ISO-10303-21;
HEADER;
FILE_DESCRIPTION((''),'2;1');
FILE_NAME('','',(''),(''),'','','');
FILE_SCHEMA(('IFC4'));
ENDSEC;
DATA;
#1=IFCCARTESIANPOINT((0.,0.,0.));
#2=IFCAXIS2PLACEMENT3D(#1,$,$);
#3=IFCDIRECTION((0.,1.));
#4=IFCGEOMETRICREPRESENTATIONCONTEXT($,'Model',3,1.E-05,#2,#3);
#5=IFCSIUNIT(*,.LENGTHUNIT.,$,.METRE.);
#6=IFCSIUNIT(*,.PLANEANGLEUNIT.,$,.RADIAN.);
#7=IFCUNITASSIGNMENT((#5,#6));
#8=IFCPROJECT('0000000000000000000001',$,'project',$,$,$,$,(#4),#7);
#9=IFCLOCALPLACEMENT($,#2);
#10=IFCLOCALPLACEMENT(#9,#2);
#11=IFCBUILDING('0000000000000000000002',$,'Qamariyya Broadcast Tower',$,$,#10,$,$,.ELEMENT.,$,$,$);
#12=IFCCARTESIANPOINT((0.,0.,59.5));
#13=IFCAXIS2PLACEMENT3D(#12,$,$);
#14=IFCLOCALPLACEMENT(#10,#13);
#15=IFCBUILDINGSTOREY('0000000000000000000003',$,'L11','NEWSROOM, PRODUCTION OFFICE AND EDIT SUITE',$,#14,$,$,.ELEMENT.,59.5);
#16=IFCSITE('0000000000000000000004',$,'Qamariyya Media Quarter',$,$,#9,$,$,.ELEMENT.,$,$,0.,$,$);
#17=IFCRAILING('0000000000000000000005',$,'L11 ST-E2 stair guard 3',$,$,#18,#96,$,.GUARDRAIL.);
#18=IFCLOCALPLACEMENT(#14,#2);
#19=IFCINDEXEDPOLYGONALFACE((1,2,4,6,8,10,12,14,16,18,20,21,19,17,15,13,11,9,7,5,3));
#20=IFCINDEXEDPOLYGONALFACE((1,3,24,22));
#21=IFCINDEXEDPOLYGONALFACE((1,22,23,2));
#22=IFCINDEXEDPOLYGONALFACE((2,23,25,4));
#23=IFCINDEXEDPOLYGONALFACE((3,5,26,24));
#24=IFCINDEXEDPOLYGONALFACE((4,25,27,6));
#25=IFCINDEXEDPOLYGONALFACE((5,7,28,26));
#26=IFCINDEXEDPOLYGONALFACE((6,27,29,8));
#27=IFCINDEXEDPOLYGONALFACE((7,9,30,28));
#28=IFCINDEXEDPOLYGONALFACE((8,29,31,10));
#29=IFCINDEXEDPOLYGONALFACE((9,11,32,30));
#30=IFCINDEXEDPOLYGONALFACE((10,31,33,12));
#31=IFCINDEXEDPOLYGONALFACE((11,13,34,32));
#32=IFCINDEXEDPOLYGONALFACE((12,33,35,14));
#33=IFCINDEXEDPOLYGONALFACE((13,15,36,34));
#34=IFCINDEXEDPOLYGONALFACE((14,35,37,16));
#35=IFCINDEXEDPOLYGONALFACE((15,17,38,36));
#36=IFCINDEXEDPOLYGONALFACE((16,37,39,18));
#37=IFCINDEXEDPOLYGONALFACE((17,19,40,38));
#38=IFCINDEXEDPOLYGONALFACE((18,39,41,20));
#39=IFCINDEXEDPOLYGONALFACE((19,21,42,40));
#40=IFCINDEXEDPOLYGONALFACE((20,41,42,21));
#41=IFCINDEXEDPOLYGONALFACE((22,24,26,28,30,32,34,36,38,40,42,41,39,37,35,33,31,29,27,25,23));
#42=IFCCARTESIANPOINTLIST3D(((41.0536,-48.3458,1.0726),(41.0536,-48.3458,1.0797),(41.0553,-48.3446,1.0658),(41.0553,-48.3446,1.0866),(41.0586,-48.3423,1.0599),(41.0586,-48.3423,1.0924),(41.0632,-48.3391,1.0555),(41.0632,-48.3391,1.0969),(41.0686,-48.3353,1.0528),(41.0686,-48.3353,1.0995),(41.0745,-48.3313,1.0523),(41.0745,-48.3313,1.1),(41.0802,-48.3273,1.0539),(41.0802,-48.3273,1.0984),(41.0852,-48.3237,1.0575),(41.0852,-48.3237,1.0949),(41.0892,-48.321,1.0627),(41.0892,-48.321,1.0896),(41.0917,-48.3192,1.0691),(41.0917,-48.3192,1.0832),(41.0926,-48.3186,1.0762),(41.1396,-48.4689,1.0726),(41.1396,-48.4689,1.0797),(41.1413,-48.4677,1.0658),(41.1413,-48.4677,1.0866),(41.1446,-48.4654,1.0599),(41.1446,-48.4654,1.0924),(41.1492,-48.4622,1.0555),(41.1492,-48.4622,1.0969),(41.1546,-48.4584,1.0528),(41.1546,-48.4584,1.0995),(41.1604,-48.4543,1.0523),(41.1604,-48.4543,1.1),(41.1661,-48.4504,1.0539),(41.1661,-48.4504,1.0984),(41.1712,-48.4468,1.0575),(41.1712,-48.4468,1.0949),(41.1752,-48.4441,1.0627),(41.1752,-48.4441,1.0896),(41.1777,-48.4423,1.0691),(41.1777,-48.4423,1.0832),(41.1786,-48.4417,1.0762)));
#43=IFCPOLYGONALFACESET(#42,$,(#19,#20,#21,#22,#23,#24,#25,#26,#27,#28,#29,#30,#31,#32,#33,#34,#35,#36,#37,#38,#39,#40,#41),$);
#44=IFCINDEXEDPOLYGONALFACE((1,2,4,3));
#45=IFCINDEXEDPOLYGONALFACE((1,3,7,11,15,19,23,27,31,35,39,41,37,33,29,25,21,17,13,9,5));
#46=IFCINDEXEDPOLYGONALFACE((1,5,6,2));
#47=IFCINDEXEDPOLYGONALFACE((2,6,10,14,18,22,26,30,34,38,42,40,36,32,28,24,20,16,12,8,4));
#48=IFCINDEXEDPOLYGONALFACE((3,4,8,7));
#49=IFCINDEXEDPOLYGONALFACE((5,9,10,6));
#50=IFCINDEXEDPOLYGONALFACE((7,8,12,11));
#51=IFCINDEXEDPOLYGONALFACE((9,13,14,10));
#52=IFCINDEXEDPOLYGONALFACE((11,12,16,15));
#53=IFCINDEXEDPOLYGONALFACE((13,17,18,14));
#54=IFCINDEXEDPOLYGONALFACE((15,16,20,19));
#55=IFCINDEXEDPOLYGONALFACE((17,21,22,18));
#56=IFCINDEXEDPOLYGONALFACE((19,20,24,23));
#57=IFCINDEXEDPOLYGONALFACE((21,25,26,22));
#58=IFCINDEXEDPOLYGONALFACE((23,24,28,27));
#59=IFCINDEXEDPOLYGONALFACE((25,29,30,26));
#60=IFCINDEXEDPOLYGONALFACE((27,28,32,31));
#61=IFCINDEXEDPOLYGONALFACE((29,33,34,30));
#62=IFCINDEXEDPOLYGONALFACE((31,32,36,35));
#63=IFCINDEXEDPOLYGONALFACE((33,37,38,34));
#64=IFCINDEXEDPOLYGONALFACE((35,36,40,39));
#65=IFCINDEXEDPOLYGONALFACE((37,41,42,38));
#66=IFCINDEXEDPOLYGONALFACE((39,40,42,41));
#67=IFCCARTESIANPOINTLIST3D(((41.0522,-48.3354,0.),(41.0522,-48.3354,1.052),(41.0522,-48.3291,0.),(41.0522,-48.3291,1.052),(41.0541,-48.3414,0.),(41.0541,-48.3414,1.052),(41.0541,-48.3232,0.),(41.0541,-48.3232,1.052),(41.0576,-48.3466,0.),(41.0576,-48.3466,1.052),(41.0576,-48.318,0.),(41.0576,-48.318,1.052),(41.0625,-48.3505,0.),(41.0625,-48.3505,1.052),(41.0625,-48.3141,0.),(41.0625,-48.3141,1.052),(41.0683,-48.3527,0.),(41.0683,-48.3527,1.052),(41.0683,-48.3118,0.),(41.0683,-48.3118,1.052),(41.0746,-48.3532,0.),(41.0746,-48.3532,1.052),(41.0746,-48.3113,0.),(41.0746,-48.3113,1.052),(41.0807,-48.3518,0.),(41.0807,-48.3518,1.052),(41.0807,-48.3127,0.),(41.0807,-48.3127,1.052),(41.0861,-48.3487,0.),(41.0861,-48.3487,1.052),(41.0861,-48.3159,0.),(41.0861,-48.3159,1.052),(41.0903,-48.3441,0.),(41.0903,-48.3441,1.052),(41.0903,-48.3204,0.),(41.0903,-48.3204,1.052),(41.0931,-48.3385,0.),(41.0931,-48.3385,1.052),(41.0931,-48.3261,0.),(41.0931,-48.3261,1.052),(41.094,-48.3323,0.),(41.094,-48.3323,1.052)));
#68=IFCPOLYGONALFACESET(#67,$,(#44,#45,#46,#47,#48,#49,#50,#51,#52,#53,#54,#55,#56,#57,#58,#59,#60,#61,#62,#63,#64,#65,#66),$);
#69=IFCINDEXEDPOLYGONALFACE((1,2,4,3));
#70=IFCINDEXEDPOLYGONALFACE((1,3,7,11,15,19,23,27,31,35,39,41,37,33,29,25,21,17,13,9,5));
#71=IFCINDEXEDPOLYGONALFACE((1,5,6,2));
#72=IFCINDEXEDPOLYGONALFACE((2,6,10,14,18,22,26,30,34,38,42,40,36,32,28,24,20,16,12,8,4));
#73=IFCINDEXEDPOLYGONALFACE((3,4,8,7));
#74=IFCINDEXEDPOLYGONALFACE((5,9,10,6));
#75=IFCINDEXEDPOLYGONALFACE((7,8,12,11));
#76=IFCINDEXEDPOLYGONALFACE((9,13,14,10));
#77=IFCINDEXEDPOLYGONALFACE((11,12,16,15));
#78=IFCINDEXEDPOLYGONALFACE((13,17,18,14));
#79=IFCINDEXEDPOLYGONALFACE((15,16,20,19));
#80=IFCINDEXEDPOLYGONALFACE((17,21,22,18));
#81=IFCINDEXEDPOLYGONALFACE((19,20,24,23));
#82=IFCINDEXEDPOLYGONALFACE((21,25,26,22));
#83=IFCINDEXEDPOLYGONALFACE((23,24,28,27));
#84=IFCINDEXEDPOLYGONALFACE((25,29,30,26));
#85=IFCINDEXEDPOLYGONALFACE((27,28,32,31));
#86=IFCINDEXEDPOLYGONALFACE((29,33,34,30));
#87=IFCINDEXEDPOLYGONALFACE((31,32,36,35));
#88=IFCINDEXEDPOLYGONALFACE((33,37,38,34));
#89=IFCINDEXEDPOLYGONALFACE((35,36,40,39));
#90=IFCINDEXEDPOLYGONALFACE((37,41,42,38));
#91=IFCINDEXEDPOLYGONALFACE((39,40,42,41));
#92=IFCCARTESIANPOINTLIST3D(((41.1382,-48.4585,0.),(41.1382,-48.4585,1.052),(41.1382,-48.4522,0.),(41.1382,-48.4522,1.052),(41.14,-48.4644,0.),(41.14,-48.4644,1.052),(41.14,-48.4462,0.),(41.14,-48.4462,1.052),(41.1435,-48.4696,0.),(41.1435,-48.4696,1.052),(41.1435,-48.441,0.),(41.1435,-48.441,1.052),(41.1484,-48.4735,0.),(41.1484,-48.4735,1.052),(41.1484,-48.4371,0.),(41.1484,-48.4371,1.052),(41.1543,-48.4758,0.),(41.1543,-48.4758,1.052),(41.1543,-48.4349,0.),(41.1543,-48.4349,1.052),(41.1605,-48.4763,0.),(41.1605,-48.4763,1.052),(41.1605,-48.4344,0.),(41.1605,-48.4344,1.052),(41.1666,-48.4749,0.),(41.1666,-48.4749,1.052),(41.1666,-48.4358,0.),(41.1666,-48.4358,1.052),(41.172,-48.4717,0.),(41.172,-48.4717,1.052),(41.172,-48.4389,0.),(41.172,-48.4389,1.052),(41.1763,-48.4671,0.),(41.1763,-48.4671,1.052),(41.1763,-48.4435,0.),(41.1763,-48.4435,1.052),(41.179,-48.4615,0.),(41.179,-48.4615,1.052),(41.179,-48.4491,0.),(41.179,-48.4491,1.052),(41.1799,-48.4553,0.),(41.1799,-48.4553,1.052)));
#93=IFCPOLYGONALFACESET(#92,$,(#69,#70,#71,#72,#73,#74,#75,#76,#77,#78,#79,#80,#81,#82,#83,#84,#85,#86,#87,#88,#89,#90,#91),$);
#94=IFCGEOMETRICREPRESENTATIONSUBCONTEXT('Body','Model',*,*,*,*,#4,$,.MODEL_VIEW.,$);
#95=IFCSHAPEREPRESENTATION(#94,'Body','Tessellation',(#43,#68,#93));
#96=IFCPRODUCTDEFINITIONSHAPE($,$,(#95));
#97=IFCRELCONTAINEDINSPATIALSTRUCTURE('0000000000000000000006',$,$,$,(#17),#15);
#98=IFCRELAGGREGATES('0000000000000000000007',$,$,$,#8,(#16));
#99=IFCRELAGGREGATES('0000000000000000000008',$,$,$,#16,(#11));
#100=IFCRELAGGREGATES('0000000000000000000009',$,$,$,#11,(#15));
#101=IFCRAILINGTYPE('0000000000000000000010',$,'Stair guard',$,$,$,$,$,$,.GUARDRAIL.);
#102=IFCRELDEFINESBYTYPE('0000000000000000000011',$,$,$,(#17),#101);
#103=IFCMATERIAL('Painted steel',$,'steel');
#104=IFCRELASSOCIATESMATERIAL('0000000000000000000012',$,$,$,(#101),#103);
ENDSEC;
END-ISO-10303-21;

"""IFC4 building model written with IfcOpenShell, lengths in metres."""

from ifc_helpers import new_model, si_unit, direction, frame, origin, origin_2d, place, context, subcontext, project, spatial, circle, extrude, material, type_object, element, save


model = new_model("IFC4")

# Units and contexts
model_context = context("Model", 3, precision=1e-05, world=origin(), true_north=direction((0.0, 1.0)))
body_context = subcontext(model_context, "Body", "Model", "MODEL_VIEW")
ifc_project = project(units=[si_unit("LENGTHUNIT", "METRE"), si_unit("PLANEANGLEUNIT", "RADIAN")], contexts=[model_context])

# Site, building, storey
site_placement = place(None, origin())
site = spatial("IfcSite", under=ifc_project, at=site_placement, Name="Qamariyya Media Quarter", CompositionType="ELEMENT", RefElevation=0.0)
building_placement = place(site_placement, origin())
building = spatial("IfcBuilding", under=site, at=building_placement, Name="Qamariyya Broadcast Tower", CompositionType="ELEMENT")
storey_placement = place(building_placement, frame((0.0, 0.0, 59.5)))
storey = spatial("IfcBuildingStorey", under=building, at=storey_placement, Name="L11", Description="NEWSROOM, PRODUCTION OFFICE AND EDIT SUITE", CompositionType="ELEMENT", Elevation=59.5)

# Railing
ifc_material_1 = material(Name="Painted steel", Category="steel")
railing_type_1 = type_object("IfcRailingType", Name="Stair guard", PredefinedType="GUARDRAIL", material=ifc_material_1)
railing_1_placement = place(storey_placement, frame((41.073, -48.3323, 0.0)))
element("IfcRailing", 1, at=railing_1_placement, inside=storey, type_object=railing_type_1, Name="L11 ST-E2 stair guard 3", PredefinedType="GUARDRAIL", context=body_context, shape_type="SweptSolid", body=[
    extrude(circle(Radius=0.0239, at=origin_2d()), frame((0.0, 0.0, 1.0762), z_axis=(0.572589, -0.819843, 0.0), x_axis=(0.819843, 0.572589, 0.0)), (0.0, 0.0, 1.0), 0.1501),
    extrude(circle(Radius=0.021, at=origin_2d()), origin(), (0.0, 0.0, 1.0), 1.052),
    extrude(circle(Radius=0.021, at=origin_2d()), frame((0.0859, -0.123, 0.0)), (0.0, 0.0, 1.0), 1.052),
])

save(model, "model.ifc")
